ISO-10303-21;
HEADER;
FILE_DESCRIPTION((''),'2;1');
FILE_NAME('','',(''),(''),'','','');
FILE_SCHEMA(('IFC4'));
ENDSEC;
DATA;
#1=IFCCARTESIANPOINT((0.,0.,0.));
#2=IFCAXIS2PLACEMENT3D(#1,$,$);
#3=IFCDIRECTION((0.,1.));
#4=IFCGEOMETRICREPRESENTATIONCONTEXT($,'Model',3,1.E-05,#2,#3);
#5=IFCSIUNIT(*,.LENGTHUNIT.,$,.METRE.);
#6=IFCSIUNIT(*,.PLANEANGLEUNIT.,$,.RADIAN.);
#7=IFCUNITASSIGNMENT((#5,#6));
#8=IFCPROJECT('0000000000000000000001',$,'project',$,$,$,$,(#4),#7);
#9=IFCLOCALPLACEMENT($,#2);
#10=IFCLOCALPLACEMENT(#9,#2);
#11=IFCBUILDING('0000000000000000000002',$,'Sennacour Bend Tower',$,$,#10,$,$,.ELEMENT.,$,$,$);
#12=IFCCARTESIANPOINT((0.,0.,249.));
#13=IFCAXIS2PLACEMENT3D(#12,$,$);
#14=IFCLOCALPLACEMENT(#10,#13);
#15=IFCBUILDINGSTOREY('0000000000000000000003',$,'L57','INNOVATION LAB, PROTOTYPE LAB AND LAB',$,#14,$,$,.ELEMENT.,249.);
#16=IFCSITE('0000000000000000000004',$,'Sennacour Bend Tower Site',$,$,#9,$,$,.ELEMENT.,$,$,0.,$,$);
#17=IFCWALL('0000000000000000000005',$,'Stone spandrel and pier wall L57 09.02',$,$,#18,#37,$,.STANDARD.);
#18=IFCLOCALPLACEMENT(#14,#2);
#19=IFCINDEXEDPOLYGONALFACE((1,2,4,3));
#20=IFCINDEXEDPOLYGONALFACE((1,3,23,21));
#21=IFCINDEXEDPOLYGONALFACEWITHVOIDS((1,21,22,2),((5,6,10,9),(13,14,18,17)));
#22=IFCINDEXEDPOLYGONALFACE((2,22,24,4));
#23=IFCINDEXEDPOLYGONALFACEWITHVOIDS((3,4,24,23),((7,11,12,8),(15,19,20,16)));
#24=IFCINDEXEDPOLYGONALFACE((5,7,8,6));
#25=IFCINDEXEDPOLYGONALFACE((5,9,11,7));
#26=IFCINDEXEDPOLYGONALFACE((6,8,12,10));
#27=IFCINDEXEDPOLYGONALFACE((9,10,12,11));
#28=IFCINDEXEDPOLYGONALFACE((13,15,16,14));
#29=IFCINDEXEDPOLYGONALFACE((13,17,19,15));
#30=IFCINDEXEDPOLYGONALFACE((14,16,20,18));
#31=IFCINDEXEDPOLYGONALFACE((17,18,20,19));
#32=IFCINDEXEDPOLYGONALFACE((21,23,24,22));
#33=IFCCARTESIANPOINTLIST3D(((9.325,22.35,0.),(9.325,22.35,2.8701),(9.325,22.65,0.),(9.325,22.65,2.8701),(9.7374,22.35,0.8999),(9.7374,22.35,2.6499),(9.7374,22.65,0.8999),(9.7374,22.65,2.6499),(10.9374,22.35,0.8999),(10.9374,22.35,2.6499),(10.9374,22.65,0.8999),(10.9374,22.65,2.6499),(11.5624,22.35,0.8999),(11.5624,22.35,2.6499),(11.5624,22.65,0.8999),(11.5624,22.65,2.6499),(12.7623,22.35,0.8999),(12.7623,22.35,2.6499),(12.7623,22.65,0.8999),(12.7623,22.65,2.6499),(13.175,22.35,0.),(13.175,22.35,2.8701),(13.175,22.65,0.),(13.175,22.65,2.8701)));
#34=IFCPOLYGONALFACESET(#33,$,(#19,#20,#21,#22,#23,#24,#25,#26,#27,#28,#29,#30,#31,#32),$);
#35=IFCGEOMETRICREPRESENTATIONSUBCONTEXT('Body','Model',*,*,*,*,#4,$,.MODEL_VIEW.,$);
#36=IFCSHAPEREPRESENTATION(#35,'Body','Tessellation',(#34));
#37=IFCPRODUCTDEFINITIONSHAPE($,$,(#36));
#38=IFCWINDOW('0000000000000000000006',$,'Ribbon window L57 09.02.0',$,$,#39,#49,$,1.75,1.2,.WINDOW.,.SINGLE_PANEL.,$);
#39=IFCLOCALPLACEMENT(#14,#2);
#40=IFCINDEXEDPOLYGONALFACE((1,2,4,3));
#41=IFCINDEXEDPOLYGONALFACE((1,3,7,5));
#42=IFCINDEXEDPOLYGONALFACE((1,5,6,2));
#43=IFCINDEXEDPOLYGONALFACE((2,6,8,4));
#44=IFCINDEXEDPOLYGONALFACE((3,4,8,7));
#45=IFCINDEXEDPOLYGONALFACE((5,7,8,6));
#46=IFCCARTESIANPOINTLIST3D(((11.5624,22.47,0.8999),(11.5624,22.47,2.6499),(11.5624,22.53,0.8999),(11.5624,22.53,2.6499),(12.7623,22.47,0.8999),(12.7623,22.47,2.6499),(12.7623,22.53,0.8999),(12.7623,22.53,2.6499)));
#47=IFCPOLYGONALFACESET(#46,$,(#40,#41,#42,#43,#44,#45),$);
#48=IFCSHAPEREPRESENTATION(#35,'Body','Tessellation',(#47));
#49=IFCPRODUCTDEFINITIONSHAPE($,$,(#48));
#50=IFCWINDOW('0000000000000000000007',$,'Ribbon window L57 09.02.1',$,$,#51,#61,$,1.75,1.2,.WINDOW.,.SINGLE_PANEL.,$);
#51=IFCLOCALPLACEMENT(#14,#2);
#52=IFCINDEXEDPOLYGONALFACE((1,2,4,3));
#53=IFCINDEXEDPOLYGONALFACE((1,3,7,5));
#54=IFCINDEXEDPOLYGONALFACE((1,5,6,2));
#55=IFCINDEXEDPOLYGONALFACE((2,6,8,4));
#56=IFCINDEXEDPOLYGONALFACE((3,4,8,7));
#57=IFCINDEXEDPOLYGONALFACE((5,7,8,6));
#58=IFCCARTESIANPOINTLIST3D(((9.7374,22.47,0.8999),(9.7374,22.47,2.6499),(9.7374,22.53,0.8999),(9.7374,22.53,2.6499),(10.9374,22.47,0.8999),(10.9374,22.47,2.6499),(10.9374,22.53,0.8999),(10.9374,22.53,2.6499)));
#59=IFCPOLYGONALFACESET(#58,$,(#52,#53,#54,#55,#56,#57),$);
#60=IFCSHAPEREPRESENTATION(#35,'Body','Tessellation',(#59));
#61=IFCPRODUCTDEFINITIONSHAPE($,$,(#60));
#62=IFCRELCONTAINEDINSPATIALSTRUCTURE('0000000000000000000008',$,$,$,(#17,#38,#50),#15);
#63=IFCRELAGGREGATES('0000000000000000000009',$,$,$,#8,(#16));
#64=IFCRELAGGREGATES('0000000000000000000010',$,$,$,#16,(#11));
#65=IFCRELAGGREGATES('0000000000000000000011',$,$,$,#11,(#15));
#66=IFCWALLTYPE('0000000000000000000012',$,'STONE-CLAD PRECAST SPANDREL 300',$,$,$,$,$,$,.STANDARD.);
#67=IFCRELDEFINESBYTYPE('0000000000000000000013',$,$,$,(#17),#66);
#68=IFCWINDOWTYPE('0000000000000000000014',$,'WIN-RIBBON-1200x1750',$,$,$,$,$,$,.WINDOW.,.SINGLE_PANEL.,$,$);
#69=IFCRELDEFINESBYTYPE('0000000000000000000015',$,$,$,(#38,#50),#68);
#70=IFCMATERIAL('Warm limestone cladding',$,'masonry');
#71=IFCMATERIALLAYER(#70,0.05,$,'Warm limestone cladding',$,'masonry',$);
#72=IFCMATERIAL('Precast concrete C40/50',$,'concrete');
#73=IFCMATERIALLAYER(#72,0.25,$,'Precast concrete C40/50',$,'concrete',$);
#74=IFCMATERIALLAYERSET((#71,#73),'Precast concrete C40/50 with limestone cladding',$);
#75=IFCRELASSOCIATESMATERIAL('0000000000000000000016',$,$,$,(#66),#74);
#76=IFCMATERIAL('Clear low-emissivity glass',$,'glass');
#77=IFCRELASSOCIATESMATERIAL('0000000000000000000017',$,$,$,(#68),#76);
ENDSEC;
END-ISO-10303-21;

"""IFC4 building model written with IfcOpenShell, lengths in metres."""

from ifc_helpers import new_model, si_unit, direction, frame, frame_2d, origin, place, context, subcontext, project, spatial, rectangle, extrude, material, layer, layer_set, type_object, element, fill, save


model = new_model("IFC4")

# Units and contexts
model_context = context("Model", 3, precision=1e-05, world=origin(), true_north=direction((0.0, 1.0)))
body_context = subcontext(model_context, "Body", "Model", "MODEL_VIEW")
ifc_project = project(units=[si_unit("LENGTHUNIT", "METRE"), si_unit("PLANEANGLEUNIT", "RADIAN")], contexts=[model_context])

# Site, building, storey
site_placement = place(None, origin())
site = spatial("IfcSite", under=ifc_project, at=site_placement, Name="Sennacour Bend Tower Site", CompositionType="ELEMENT", RefElevation=0.0)
building_placement = place(site_placement, origin())
building = spatial("IfcBuilding", under=site, at=building_placement, Name="Sennacour Bend Tower", CompositionType="ELEMENT")
storey_placement = place(building_placement, frame((0.0, 0.0, 249.0)))
storey = spatial("IfcBuildingStorey", under=building, at=storey_placement, Name="L57", Description="INNOVATION LAB, PROTOTYPE LAB AND LAB", CompositionType="ELEMENT", Elevation=249.0)

# Wall, openings, windows
ifc_material_1 = material(Name="Warm limestone cladding", Category="masonry")
ifc_layer_1 = layer(ifc_material_1, 0.05, Name="Warm limestone cladding", Category="masonry")
ifc_material_2 = material(Name="Precast concrete C40/50", Category="concrete")
ifc_layer_2 = layer(ifc_material_2, 0.25, Name="Precast concrete C40/50", Category="concrete")
ifc_layer_set_1 = layer_set([ifc_layer_1, ifc_layer_2], Name="Precast concrete C40/50 with limestone cladding")
wall_type_1 = type_object("IfcWallType", Name="STONE-CLAD PRECAST SPANDREL 300", PredefinedType="STANDARD", material=ifc_layer_set_1)
ifc_material_3 = material(Name="Clear low-emissivity glass", Category="glass")
window_type = type_object("IfcWindowType", Name="WIN-RIBBON-1200x1750", PartitioningType="SINGLE_PANEL", PredefinedType="WINDOW", material=ifc_material_3)
wall_1_placement = place(storey_placement, frame((13.175, 22.5, 0.0), z_axis=(0.0, 0.0, 1.0), x_axis=(-1.0, 0.0, 0.0)))
wall_1 = element("IfcWall", 1, at=wall_1_placement, inside=storey, type_object=wall_type_1, Name="Stone spandrel and pier wall L57 09.02", PredefinedType="STANDARD", context=body_context, shape_type="SweptSolid", body=[
    extrude(rectangle(XDim=3.8501, YDim=0.3, at=frame_2d((1.925, 0.0))), origin(), (0.0, 0.0, 1.0), 2.8701),
])
opening_1_placement = place(wall_1_placement, frame((0.4126, 0.0, 0.8999)))
opening_1 = element("IfcOpeningElement", 2, at=opening_1_placement, cuts=wall_1, PredefinedType="OPENING", context=body_context, shape_type="SweptSolid", body=[
    extrude(rectangle(XDim=1.2, YDim=1.75, at=frame_2d((0.6001, 0.875))), frame((0.0, 0.1602, 0.0), z_axis=(0.0, -1.0, 0.0), x_axis=(1.0, 0.0, 0.0)), (0.0, 0.0, 1.0), 0.3201),
])
opening_2_placement = place(wall_1_placement, frame((2.2375, 0.0, 0.8999)))
opening_2 = element("IfcOpeningElement", 3, at=opening_2_placement, cuts=wall_1, PredefinedType="OPENING", context=body_context, shape_type="SweptSolid", body=[
    extrude(rectangle(XDim=1.2, YDim=1.75, at=frame_2d((0.6001, 0.875))), frame((0.0, 0.1602, 0.0), z_axis=(0.0, -1.0, 0.0), x_axis=(1.0, 0.0, 0.0)), (0.0, 0.0, 1.0), 0.3201),
])
window_1_placement = place(opening_1_placement, origin())
window_1 = element("IfcWindow", 4, at=window_1_placement, inside=storey, type_object=window_type, Name="Ribbon window L57 09.02.0", OverallHeight=1.75, OverallWidth=1.2, PartitioningType="SINGLE_PANEL", PredefinedType="WINDOW", context=body_context, shape_type="SweptSolid", body=[
    extrude(rectangle(XDim=1.2, YDim=1.75, at=frame_2d((0.6001, 0.875))), frame((0.0, 0.03, 0.0), z_axis=(0.0, -1.0, 0.0), x_axis=(1.0, 0.0, 0.0)), (0.0, 0.0, 1.0), 0.0601),
])
fill(opening_1, window_1)
window_2_placement = place(opening_2_placement, origin())
window_2 = element("IfcWindow", 5, at=window_2_placement, inside=storey, type_object=window_type, Name="Ribbon window L57 09.02.1", OverallHeight=1.75, OverallWidth=1.2, PartitioningType="SINGLE_PANEL", PredefinedType="WINDOW", context=body_context, shape_type="SweptSolid", body=[
    extrude(rectangle(XDim=1.2, YDim=1.75, at=frame_2d((0.6001, 0.875))), frame((0.0, 0.03, 0.0), z_axis=(0.0, -1.0, 0.0), x_axis=(1.0, 0.0, 0.0)), (0.0, 0.0, 1.0), 0.0601),
])
fill(opening_2, window_2)

save(model, "model.ifc")
